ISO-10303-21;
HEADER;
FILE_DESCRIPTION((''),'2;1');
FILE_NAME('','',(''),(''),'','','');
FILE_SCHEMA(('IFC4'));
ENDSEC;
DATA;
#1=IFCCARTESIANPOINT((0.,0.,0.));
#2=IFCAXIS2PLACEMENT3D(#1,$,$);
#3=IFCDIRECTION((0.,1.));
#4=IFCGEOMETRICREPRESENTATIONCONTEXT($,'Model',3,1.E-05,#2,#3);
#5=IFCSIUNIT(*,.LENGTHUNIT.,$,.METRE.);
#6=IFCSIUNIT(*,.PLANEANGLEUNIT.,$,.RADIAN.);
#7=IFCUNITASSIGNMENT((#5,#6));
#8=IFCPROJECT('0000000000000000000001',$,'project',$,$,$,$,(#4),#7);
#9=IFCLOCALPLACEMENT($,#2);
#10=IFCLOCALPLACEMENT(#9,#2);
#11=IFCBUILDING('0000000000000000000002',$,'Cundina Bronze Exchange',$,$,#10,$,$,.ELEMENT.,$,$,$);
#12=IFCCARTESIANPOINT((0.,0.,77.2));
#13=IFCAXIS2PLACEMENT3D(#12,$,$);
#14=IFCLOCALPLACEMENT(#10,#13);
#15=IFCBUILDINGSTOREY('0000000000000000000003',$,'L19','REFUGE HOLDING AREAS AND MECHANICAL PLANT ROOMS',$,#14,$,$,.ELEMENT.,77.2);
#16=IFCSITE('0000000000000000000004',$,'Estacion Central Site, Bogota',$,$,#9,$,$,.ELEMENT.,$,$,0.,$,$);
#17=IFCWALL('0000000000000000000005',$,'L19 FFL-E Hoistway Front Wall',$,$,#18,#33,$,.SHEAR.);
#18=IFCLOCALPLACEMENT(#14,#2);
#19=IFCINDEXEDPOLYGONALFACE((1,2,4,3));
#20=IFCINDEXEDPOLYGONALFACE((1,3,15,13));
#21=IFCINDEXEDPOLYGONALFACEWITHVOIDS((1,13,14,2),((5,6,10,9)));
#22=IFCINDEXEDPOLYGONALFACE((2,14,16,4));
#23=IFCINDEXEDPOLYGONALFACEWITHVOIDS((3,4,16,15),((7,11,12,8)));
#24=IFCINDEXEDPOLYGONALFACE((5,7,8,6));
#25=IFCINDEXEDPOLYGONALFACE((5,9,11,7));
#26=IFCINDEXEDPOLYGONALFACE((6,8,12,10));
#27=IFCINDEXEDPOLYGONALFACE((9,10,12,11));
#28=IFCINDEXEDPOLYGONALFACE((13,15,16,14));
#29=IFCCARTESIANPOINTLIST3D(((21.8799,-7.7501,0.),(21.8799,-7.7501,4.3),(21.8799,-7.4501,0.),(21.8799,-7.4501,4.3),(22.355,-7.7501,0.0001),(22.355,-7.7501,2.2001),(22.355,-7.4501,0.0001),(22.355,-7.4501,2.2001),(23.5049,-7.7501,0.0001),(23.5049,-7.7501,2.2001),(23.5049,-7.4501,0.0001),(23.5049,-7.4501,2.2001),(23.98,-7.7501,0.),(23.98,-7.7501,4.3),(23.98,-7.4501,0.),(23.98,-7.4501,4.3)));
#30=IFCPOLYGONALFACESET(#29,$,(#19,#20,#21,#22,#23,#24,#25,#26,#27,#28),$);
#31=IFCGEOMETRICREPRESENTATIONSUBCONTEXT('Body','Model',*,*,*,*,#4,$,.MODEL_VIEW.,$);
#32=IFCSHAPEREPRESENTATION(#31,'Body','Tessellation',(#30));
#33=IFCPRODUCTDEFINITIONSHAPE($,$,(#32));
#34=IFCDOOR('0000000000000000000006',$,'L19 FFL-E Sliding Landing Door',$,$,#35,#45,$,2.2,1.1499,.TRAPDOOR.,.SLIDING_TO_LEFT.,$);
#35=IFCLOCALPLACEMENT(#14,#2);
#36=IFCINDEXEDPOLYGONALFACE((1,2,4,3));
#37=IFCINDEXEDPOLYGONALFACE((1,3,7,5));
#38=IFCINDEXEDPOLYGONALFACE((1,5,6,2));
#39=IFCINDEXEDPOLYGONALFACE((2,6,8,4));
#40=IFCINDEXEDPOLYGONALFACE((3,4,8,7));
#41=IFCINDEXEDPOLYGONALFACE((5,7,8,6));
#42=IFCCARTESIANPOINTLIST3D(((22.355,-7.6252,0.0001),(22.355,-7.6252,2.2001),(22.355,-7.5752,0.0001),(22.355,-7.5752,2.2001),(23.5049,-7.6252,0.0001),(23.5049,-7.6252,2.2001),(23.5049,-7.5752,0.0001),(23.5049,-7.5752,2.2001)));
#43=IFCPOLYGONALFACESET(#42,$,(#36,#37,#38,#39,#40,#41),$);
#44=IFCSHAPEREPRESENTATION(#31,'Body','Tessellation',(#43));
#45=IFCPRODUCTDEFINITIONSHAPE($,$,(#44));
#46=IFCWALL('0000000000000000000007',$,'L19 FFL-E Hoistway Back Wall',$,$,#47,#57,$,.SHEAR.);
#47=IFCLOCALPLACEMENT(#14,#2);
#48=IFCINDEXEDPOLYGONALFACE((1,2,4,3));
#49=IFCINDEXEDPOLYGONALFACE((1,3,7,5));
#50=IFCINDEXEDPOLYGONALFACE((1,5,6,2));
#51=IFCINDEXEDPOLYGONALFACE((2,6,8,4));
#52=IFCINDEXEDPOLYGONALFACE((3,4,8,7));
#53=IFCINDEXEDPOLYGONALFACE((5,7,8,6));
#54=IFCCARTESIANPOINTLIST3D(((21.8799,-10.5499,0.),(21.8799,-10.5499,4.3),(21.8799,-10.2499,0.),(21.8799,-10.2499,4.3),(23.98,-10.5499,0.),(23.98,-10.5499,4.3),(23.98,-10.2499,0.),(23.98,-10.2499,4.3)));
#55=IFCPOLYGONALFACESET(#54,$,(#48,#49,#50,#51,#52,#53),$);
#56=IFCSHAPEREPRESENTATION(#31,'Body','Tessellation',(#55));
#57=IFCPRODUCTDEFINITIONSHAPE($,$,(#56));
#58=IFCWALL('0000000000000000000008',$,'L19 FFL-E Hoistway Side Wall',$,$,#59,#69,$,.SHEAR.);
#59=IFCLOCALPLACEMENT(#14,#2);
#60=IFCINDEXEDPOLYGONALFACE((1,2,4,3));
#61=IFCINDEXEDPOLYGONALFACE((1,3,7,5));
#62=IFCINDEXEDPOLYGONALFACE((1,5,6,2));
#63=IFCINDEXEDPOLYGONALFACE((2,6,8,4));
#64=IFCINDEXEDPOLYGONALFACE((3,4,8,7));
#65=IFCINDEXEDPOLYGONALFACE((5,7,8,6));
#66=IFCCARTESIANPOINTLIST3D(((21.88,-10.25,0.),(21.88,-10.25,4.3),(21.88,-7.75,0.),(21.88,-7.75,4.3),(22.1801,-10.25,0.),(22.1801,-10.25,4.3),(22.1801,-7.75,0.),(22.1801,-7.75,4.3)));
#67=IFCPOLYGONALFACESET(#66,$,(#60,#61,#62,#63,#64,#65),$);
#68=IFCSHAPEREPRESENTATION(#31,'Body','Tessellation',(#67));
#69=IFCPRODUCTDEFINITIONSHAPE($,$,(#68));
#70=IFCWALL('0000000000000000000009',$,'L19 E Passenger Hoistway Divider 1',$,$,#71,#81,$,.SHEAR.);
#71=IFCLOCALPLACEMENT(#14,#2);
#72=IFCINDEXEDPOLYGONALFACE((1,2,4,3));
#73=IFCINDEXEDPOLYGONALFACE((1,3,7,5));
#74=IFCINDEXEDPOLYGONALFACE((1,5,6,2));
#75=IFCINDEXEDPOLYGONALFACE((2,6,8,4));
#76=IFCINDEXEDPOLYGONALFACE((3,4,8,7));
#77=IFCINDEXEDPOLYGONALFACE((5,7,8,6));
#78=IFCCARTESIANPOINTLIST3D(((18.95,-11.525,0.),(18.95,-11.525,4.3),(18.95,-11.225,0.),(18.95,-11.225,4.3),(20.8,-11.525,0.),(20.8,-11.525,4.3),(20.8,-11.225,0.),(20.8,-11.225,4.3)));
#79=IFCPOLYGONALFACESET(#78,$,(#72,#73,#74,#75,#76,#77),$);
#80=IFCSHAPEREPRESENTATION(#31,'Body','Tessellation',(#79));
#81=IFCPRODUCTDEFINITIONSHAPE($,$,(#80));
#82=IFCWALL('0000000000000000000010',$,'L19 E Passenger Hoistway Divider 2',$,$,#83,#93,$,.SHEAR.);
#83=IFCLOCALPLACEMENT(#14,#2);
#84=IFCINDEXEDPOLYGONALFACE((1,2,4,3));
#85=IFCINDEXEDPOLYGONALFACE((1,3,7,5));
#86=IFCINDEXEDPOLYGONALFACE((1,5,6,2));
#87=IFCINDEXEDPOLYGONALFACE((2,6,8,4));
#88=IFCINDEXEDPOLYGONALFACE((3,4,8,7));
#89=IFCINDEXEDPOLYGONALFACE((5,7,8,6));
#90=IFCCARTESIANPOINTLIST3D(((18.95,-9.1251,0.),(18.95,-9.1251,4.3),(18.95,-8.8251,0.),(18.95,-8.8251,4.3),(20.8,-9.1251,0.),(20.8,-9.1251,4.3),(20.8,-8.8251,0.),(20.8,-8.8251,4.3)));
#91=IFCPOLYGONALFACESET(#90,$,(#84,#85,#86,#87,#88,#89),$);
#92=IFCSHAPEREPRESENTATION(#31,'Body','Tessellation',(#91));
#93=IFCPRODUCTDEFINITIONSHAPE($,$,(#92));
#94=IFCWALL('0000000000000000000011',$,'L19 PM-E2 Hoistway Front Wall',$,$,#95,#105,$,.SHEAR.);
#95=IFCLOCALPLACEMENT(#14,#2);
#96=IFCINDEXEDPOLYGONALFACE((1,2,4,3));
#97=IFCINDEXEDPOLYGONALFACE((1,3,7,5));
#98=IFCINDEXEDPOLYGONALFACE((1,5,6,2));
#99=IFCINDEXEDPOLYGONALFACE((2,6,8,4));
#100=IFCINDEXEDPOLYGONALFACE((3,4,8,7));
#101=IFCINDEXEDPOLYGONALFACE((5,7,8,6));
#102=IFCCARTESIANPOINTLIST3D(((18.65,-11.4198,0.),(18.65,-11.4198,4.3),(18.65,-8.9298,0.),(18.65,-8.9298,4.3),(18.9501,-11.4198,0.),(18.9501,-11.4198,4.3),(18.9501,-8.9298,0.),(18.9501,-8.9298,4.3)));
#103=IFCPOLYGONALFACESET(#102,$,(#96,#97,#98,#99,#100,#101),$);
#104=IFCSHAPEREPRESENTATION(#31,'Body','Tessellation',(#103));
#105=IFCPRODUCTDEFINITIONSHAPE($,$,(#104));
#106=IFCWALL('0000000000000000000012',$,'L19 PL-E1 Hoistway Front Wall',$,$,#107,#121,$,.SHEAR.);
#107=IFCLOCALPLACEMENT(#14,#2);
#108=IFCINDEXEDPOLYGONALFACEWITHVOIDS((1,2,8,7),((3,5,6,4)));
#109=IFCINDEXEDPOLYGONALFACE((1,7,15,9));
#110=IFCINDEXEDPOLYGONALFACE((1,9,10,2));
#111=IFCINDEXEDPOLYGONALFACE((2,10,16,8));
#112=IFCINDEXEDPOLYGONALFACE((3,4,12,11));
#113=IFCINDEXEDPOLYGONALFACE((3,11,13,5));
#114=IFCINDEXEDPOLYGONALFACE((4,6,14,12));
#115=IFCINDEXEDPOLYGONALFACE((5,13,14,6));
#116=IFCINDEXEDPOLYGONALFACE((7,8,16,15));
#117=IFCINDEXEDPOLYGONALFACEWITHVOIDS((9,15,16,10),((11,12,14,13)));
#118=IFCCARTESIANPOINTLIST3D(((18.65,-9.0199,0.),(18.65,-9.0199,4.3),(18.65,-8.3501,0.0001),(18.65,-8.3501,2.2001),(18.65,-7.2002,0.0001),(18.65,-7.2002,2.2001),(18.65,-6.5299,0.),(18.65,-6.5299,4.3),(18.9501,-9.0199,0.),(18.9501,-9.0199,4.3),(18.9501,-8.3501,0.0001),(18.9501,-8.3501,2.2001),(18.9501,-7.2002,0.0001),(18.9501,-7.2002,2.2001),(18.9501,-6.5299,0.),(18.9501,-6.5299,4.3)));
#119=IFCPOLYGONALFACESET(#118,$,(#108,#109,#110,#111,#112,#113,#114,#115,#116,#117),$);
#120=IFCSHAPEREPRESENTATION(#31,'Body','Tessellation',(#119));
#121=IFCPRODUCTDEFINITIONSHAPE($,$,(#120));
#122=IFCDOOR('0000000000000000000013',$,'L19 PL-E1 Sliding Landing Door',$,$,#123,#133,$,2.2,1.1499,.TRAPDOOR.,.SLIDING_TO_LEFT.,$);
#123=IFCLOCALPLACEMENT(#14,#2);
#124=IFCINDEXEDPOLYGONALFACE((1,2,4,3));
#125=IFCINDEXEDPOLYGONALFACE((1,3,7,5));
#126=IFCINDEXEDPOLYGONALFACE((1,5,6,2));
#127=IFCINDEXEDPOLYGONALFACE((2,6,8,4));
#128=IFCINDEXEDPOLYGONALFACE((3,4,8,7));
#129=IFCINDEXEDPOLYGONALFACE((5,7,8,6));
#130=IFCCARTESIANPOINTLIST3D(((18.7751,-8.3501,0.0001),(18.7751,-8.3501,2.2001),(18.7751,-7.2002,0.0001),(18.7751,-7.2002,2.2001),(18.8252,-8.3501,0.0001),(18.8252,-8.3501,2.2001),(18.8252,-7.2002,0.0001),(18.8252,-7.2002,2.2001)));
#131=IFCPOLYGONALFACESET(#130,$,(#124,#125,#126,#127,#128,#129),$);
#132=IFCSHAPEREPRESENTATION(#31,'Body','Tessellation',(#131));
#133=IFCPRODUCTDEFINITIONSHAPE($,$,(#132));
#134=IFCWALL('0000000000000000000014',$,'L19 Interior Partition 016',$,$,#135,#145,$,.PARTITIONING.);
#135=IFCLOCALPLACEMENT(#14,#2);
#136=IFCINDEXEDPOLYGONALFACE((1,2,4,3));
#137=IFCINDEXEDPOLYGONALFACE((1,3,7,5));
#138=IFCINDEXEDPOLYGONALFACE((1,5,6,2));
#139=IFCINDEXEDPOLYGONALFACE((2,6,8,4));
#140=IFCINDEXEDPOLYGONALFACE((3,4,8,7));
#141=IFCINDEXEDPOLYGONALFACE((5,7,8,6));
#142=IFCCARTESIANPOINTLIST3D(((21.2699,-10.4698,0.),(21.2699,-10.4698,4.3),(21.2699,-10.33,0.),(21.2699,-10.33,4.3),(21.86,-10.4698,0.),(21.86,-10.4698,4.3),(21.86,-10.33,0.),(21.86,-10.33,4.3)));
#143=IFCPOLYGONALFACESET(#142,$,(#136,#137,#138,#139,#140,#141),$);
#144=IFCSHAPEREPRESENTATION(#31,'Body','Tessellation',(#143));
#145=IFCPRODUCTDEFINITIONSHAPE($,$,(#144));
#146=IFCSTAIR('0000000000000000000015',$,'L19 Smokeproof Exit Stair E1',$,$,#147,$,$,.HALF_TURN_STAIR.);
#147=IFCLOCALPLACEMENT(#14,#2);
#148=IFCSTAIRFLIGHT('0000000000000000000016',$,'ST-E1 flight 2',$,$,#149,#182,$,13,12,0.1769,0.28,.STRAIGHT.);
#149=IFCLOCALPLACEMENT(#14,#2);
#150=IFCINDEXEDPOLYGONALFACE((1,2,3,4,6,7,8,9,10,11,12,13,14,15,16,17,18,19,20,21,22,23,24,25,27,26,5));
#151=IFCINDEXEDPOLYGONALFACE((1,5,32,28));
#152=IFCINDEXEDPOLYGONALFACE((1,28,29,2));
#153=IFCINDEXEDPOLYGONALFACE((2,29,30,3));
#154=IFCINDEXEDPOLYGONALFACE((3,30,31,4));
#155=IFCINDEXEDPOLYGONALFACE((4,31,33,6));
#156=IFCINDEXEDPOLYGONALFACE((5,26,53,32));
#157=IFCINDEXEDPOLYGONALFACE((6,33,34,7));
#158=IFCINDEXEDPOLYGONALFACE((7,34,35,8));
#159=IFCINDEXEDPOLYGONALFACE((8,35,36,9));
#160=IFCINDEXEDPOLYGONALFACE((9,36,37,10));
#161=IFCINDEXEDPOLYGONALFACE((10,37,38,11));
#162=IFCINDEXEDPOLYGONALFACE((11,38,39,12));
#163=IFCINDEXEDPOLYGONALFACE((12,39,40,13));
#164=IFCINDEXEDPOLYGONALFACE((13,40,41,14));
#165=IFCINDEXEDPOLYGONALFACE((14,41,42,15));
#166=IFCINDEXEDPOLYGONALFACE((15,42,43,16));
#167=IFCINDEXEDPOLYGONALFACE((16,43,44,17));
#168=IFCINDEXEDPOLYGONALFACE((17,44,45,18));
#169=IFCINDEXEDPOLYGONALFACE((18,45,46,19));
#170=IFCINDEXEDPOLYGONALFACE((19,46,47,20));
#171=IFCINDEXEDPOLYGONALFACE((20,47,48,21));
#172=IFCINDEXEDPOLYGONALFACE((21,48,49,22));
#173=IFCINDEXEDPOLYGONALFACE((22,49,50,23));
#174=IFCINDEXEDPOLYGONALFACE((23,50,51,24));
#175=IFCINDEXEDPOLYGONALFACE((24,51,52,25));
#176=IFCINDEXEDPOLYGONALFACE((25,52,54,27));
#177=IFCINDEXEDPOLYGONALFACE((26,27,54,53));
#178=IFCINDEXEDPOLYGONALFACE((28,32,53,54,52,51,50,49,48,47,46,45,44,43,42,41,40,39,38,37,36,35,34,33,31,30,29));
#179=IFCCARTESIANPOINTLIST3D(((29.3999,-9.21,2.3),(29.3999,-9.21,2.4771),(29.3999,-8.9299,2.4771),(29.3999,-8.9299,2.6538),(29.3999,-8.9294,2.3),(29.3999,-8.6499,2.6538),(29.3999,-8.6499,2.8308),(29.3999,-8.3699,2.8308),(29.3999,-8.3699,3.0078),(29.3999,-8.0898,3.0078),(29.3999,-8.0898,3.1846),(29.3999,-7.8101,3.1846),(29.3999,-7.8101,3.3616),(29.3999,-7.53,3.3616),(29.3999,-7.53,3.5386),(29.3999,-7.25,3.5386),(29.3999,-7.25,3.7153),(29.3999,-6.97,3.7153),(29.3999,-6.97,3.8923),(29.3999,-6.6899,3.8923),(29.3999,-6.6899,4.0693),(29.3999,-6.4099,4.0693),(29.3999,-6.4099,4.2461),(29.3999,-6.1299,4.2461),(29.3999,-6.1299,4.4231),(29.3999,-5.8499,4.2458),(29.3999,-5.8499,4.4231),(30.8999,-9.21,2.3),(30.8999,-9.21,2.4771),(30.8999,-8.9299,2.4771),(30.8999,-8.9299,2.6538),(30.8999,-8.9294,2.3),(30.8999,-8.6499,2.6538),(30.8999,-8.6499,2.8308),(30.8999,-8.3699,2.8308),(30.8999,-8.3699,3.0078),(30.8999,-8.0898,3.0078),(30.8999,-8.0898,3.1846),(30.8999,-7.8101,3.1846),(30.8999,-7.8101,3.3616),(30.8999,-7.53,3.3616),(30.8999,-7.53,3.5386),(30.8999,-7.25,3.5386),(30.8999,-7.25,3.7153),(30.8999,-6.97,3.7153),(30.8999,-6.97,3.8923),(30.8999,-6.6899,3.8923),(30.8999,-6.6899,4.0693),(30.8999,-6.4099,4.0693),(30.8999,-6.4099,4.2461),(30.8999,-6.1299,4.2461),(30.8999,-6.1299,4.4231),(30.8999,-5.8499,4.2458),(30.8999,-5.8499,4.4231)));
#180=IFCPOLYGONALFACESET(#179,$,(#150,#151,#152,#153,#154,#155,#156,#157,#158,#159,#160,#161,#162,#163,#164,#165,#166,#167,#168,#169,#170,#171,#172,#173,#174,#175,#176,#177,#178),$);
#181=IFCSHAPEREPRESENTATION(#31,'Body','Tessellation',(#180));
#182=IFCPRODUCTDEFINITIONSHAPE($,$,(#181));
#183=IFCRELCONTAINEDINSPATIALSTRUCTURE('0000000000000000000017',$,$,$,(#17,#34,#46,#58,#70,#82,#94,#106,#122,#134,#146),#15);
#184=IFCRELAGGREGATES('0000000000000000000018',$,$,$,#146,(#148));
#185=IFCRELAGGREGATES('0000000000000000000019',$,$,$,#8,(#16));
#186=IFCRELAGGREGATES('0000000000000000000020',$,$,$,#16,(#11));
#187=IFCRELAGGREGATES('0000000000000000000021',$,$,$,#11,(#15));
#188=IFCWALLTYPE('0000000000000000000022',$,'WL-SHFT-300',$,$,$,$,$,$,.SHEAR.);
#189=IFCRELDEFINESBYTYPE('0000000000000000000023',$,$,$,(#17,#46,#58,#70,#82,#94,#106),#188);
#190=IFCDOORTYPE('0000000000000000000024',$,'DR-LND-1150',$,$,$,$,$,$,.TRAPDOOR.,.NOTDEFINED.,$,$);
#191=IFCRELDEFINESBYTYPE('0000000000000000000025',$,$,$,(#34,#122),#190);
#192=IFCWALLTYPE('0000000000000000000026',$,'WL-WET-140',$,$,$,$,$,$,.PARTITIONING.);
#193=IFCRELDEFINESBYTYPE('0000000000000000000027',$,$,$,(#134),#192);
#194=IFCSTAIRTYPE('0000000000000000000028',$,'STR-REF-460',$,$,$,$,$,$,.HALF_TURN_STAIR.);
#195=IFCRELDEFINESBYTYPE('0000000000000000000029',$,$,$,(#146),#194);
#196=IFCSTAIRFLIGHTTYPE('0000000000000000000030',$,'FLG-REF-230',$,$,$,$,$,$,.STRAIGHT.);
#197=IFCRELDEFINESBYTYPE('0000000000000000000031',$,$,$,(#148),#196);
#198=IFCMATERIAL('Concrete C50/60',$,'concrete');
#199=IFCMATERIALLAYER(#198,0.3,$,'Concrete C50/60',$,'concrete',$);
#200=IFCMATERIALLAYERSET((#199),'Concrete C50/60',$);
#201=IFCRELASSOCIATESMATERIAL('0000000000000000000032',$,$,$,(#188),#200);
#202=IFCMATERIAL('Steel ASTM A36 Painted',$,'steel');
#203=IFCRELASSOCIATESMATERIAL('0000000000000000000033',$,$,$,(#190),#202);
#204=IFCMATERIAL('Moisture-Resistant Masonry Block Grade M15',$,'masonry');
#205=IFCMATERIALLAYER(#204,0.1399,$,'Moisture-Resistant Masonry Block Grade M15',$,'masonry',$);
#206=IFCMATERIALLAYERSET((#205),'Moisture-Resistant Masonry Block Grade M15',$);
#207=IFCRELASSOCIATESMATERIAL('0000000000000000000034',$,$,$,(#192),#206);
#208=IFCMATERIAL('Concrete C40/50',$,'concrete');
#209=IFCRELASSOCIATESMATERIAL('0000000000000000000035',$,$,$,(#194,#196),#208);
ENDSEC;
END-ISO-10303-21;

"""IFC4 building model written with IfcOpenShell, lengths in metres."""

from ifc_helpers import new_model, si_unit, direction, frame, frame_2d, origin, place, context, subcontext, project, spatial, polyline, rectangle, outline, extrude, material, layer, layer_set, type_object, element, fill, aggregate, save


model = new_model("IFC4")

# Units and contexts
model_context = context("Model", 3, precision=1e-05, world=origin(), true_north=direction((0.0, 1.0)))
body_context = subcontext(model_context, "Body", "Model", "MODEL_VIEW")
ifc_project = project(units=[si_unit("LENGTHUNIT", "METRE"), si_unit("PLANEANGLEUNIT", "RADIAN")], contexts=[model_context])

# Site, building, storey
site_placement = place(None, origin())
site = spatial("IfcSite", under=ifc_project, at=site_placement, Name="Estacion Central Site, Bogota", CompositionType="ELEMENT", RefElevation=0.0)
building_placement = place(site_placement, origin())
building = spatial("IfcBuilding", under=site, at=building_placement, Name="Cundina Bronze Exchange", CompositionType="ELEMENT")
storey_placement = place(building_placement, frame((0.0, 0.0, 77.2)))
storey = spatial("IfcBuildingStorey", under=building, at=storey_placement, Name="L19", Description="REFUGE HOLDING AREAS AND MECHANICAL PLANT ROOMS", CompositionType="ELEMENT", Elevation=77.2)

# Shared definitions
ifc_material_1 = material(Name="Concrete C50/60", Category="concrete")
ifc_layer_1 = layer(ifc_material_1, 0.3, Name="Concrete C50/60", Category="concrete")
ifc_layer_set_1 = layer_set([ifc_layer_1], Name="Concrete C50/60")
wall_type_1 = type_object("IfcWallType", Name="WL-SHFT-300", PredefinedType="SHEAR", material=ifc_layer_set_1)

# Wall, opening, door
ifc_material_2 = material(Name="Steel ASTM A36 Painted", Category="steel")
wall_1_placement = place(storey_placement, frame((21.8799, -7.6001, 0.0), z_axis=(0.0, 0.0, 1.0), x_axis=(1.0, 0.0, 0.0)))
wall_1 = element("IfcWall", 1, at=wall_1_placement, inside=storey, type_object=wall_type_1, Name="L19 FFL-E Hoistway Front Wall", PredefinedType="SHEAR", context=body_context, shape_type="SweptSolid", body=[
    extrude(rectangle(XDim=2.1001, YDim=0.3, at=frame_2d((1.05, 0.0))), origin(), (0.0, 0.0, 1.0), 4.3),
])
opening_1_placement = place(wall_1_placement, frame((0.4751, 0.0, 0.0)))
opening_1 = element("IfcOpeningElement", 2, at=opening_1_placement, cuts=wall_1, PredefinedType="OPENING", context=body_context, shape_type="SweptSolid", body=[
    extrude(rectangle(XDim=1.1499, YDim=2.2, at=frame_2d((0.575, 1.1001))), frame((0.0, 0.1599, 0.0), z_axis=(0.0, -1.0, 0.0), x_axis=(1.0, 0.0, 0.0)), (0.0, 0.0, 1.0), 0.3201),
])
door_type_1 = type_object("IfcDoorType", Name="DR-LND-1150", OperationType="NOTDEFINED", PredefinedType="TRAPDOOR", material=ifc_material_2)
door_1_placement = place(opening_1_placement, origin())
door_1 = element("IfcDoor", 3, at=door_1_placement, inside=storey, type_object=door_type_1, Name="L19 FFL-E Sliding Landing Door", OperationType="SLIDING_TO_LEFT", OverallHeight=2.2, OverallWidth=1.1499, PredefinedType="TRAPDOOR", context=body_context, shape_type="SweptSolid", body=[
    extrude(rectangle(XDim=1.1499, YDim=2.2, at=frame_2d((0.575, 1.1001))), frame((0.0, 0.0249, 0.0), z_axis=(0.0, -1.0, 0.0), x_axis=(1.0, 0.0, 0.0)), (0.0, 0.0, 1.0), 0.05),
])
fill(opening_1, door_1)

# Walls
wall_2_placement = place(storey_placement, frame((21.8799, -10.3999, 0.0), z_axis=(0.0, 0.0, 1.0), x_axis=(1.0, 0.0, 0.0)))
element("IfcWall", 4, at=wall_2_placement, inside=storey, type_object=wall_type_1, Name="L19 FFL-E Hoistway Back Wall", PredefinedType="SHEAR", context=body_context, shape_type="SweptSolid", body=[
    extrude(rectangle(XDim=2.1001, YDim=0.3, at=frame_2d((1.05, 0.0))), origin(), (0.0, 0.0, 1.0), 4.3),
])
wall_3_placement = place(storey_placement, frame((22.03, -10.25, 0.0), z_axis=(0.0, 0.0, 1.0), x_axis=(0.0, 1.0, 0.0)))
element("IfcWall", 5, at=wall_3_placement, inside=storey, type_object=wall_type_1, Name="L19 FFL-E Hoistway Side Wall", PredefinedType="SHEAR", context=body_context, shape_type="SweptSolid", body=[
    extrude(rectangle(XDim=2.5, YDim=0.3, at=frame_2d((1.25, 0.0))), origin(), (0.0, 0.0, 1.0), 4.3),
])
for number, where, z_axis, x_axis, name in (
    (6, (18.95, -11.375, 0.0), (0.0, 0.0, 1.0), (1.0, 0.0, 0.0), "L19 E Passenger Hoistway Divider 1"),
    (7, (18.95, -8.9751, 0.0), (0.0, 0.0, 1.0), (1.0, 0.0, 0.0), "L19 E Passenger Hoistway Divider 2"),
):
    element("IfcWall", number, at=place(storey_placement, frame(where, z_axis=z_axis, x_axis=x_axis)), inside=storey, type_object=wall_type_1, Name=name, PredefinedType="SHEAR", context=body_context, shape_type="SweptSolid", body=[
        extrude(rectangle(XDim=1.8501, YDim=0.3, at=frame_2d((0.925, 0.0))), origin(), (0.0, 0.0, 1.0), 4.3),
    ])
wall_4_placement = place(storey_placement, frame((18.8, -11.4199, 0.0), z_axis=(0.0, 0.0, 1.0), x_axis=(0.0, 1.0, 0.0)))
element("IfcWall", 8, at=wall_4_placement, inside=storey, type_object=wall_type_1, Name="L19 PM-E2 Hoistway Front Wall", PredefinedType="SHEAR", context=body_context, shape_type="SweptSolid", body=[
    extrude(rectangle(XDim=2.49, YDim=0.3, at=frame_2d((1.2451, 0.0))), origin(), (0.0, 0.0, 1.0), 4.3),
])

# Wall, opening, door
wall_5_placement = place(storey_placement, frame((18.8, -9.02, 0.0), z_axis=(0.0, 0.0, 1.0), x_axis=(0.0, 1.0, 0.0)))
wall_5 = element("IfcWall", 9, at=wall_5_placement, inside=storey, type_object=wall_type_1, Name="L19 PL-E1 Hoistway Front Wall", PredefinedType="SHEAR", context=body_context, shape_type="SweptSolid", body=[
    extrude(rectangle(XDim=2.49, YDim=0.3, at=frame_2d((1.2451, 0.0))), origin(), (0.0, 0.0, 1.0), 4.3),
])
opening_2_placement = place(wall_5_placement, frame((0.6699, 0.0, 0.0)))
opening_2 = element("IfcOpeningElement", 10, at=opening_2_placement, cuts=wall_5, PredefinedType="OPENING", context=body_context, shape_type="SweptSolid", body=[
    extrude(rectangle(XDim=1.1499, YDim=2.2, at=frame_2d((0.575, 1.1001))), frame((0.0, 0.1599, 0.0), z_axis=(0.0, -1.0, 0.0), x_axis=(1.0, 0.0, 0.0)), (0.0, 0.0, 1.0), 0.3201),
])
door_2_placement = place(opening_2_placement, origin())
door_2 = element("IfcDoor", 11, at=door_2_placement, inside=storey, type_object=door_type_1, Name="L19 PL-E1 Sliding Landing Door", OperationType="SLIDING_TO_LEFT", OverallHeight=2.2, OverallWidth=1.1499, PredefinedType="TRAPDOOR", context=body_context, shape_type="SweptSolid", body=[
    extrude(rectangle(XDim=1.1499, YDim=2.2, at=frame_2d((0.575, 1.1001))), frame((0.0, 0.0249, 0.0), z_axis=(0.0, -1.0, 0.0), x_axis=(1.0, 0.0, 0.0)), (0.0, 0.0, 1.0), 0.05),
])
fill(opening_2, door_2)

# Wall
ifc_material_3 = material(Name="Moisture-Resistant Masonry Block Grade M15", Category="masonry")
ifc_layer_2 = layer(ifc_material_3, 0.1399, Name="Moisture-Resistant Masonry Block Grade M15", Category="masonry")
ifc_layer_set_2 = layer_set([ifc_layer_2], Name="Moisture-Resistant Masonry Block Grade M15")
wall_type_2 = type_object("IfcWallType", Name="WL-WET-140", PredefinedType="PARTITIONING", material=ifc_layer_set_2)
wall_6_placement = place(storey_placement, frame((21.27, -10.3999, 0.0), z_axis=(0.0, 0.0, 1.0), x_axis=(1.0, 0.0, 0.0)))
element("IfcWall", 12, at=wall_6_placement, inside=storey, type_object=wall_type_2, Name="L19 Interior Partition 016", PredefinedType="PARTITIONING", context=body_context, shape_type="SweptSolid", body=[
    extrude(rectangle(XDim=0.5901, YDim=0.1399, at=frame_2d((0.2949, 0.0))), origin(), (0.0, 0.0, 1.0), 4.3),
])

# Stair, stair flight
ifc_material_4 = material(Name="Concrete C40/50", Category="concrete")
stair_type = type_object("IfcStairType", Name="STR-REF-460", PredefinedType="HALF_TURN_STAIR", material=ifc_material_4)
stair_1_placement = place(storey_placement, origin())
stair_1 = element("IfcStair", 13, at=stair_1_placement, inside=storey, type_object=stair_type, Name="L19 Smokeproof Exit Stair E1", PredefinedType="HALF_TURN_STAIR")
stair_flight_type = type_object("IfcStairFlightType", Name="FLG-REF-230", PredefinedType="STRAIGHT", material=ifc_material_4)
stair_flight_1_placement = place(storey_placement, frame((30.1499, -9.21, 2.3), z_axis=(0.0, 0.0, 1.0), x_axis=(0.0, 1.0, 0.0)))
stair_flight_1 = element("IfcStairFlight", 14, at=stair_flight_1_placement, type_object=stair_flight_type, Name="ST-E1 flight 2", NumberOfRisers=13, NumberOfTreads=12, PredefinedType="STRAIGHT", RiserHeight=0.1769, TreadLength=0.28, context=body_context, shape_type="SweptSolid", body=[
    extrude(outline(polyline([(0.0, 0.0), (0.0, 0.177), (0.28, 0.177), (0.28, 0.3538), (0.5601, 0.3538), (0.5601, 0.5308), (0.8401, 0.5308), (0.8401, 0.7078), (1.1201, 0.7078), (1.1201, 0.8845), (1.3999, 0.8845), (1.3999, 1.0615), (1.6799, 1.0615), (1.6799, 1.2385), (1.96, 1.2385), (1.96, 1.4153), (2.24, 1.4153), (2.24, 1.5923), (2.52, 1.5923), (2.52, 1.7693), (2.8, 1.7693), (2.8, 1.946), (3.0801, 1.946), (3.0801, 2.123), (3.3601, 2.123), (3.3601, 2.3), (3.3601, 1.9458), (0.2805, 0.0), (0.0, 0.0)])), frame((0.0, 0.75, 0.0), z_axis=(0.0, -1.0, 0.0), x_axis=(1.0, 0.0, 0.0)), (0.0, 0.0, 1.0), 1.5),
])
aggregate(stair_1, [stair_flight_1])

save(model, "model.ifc")
